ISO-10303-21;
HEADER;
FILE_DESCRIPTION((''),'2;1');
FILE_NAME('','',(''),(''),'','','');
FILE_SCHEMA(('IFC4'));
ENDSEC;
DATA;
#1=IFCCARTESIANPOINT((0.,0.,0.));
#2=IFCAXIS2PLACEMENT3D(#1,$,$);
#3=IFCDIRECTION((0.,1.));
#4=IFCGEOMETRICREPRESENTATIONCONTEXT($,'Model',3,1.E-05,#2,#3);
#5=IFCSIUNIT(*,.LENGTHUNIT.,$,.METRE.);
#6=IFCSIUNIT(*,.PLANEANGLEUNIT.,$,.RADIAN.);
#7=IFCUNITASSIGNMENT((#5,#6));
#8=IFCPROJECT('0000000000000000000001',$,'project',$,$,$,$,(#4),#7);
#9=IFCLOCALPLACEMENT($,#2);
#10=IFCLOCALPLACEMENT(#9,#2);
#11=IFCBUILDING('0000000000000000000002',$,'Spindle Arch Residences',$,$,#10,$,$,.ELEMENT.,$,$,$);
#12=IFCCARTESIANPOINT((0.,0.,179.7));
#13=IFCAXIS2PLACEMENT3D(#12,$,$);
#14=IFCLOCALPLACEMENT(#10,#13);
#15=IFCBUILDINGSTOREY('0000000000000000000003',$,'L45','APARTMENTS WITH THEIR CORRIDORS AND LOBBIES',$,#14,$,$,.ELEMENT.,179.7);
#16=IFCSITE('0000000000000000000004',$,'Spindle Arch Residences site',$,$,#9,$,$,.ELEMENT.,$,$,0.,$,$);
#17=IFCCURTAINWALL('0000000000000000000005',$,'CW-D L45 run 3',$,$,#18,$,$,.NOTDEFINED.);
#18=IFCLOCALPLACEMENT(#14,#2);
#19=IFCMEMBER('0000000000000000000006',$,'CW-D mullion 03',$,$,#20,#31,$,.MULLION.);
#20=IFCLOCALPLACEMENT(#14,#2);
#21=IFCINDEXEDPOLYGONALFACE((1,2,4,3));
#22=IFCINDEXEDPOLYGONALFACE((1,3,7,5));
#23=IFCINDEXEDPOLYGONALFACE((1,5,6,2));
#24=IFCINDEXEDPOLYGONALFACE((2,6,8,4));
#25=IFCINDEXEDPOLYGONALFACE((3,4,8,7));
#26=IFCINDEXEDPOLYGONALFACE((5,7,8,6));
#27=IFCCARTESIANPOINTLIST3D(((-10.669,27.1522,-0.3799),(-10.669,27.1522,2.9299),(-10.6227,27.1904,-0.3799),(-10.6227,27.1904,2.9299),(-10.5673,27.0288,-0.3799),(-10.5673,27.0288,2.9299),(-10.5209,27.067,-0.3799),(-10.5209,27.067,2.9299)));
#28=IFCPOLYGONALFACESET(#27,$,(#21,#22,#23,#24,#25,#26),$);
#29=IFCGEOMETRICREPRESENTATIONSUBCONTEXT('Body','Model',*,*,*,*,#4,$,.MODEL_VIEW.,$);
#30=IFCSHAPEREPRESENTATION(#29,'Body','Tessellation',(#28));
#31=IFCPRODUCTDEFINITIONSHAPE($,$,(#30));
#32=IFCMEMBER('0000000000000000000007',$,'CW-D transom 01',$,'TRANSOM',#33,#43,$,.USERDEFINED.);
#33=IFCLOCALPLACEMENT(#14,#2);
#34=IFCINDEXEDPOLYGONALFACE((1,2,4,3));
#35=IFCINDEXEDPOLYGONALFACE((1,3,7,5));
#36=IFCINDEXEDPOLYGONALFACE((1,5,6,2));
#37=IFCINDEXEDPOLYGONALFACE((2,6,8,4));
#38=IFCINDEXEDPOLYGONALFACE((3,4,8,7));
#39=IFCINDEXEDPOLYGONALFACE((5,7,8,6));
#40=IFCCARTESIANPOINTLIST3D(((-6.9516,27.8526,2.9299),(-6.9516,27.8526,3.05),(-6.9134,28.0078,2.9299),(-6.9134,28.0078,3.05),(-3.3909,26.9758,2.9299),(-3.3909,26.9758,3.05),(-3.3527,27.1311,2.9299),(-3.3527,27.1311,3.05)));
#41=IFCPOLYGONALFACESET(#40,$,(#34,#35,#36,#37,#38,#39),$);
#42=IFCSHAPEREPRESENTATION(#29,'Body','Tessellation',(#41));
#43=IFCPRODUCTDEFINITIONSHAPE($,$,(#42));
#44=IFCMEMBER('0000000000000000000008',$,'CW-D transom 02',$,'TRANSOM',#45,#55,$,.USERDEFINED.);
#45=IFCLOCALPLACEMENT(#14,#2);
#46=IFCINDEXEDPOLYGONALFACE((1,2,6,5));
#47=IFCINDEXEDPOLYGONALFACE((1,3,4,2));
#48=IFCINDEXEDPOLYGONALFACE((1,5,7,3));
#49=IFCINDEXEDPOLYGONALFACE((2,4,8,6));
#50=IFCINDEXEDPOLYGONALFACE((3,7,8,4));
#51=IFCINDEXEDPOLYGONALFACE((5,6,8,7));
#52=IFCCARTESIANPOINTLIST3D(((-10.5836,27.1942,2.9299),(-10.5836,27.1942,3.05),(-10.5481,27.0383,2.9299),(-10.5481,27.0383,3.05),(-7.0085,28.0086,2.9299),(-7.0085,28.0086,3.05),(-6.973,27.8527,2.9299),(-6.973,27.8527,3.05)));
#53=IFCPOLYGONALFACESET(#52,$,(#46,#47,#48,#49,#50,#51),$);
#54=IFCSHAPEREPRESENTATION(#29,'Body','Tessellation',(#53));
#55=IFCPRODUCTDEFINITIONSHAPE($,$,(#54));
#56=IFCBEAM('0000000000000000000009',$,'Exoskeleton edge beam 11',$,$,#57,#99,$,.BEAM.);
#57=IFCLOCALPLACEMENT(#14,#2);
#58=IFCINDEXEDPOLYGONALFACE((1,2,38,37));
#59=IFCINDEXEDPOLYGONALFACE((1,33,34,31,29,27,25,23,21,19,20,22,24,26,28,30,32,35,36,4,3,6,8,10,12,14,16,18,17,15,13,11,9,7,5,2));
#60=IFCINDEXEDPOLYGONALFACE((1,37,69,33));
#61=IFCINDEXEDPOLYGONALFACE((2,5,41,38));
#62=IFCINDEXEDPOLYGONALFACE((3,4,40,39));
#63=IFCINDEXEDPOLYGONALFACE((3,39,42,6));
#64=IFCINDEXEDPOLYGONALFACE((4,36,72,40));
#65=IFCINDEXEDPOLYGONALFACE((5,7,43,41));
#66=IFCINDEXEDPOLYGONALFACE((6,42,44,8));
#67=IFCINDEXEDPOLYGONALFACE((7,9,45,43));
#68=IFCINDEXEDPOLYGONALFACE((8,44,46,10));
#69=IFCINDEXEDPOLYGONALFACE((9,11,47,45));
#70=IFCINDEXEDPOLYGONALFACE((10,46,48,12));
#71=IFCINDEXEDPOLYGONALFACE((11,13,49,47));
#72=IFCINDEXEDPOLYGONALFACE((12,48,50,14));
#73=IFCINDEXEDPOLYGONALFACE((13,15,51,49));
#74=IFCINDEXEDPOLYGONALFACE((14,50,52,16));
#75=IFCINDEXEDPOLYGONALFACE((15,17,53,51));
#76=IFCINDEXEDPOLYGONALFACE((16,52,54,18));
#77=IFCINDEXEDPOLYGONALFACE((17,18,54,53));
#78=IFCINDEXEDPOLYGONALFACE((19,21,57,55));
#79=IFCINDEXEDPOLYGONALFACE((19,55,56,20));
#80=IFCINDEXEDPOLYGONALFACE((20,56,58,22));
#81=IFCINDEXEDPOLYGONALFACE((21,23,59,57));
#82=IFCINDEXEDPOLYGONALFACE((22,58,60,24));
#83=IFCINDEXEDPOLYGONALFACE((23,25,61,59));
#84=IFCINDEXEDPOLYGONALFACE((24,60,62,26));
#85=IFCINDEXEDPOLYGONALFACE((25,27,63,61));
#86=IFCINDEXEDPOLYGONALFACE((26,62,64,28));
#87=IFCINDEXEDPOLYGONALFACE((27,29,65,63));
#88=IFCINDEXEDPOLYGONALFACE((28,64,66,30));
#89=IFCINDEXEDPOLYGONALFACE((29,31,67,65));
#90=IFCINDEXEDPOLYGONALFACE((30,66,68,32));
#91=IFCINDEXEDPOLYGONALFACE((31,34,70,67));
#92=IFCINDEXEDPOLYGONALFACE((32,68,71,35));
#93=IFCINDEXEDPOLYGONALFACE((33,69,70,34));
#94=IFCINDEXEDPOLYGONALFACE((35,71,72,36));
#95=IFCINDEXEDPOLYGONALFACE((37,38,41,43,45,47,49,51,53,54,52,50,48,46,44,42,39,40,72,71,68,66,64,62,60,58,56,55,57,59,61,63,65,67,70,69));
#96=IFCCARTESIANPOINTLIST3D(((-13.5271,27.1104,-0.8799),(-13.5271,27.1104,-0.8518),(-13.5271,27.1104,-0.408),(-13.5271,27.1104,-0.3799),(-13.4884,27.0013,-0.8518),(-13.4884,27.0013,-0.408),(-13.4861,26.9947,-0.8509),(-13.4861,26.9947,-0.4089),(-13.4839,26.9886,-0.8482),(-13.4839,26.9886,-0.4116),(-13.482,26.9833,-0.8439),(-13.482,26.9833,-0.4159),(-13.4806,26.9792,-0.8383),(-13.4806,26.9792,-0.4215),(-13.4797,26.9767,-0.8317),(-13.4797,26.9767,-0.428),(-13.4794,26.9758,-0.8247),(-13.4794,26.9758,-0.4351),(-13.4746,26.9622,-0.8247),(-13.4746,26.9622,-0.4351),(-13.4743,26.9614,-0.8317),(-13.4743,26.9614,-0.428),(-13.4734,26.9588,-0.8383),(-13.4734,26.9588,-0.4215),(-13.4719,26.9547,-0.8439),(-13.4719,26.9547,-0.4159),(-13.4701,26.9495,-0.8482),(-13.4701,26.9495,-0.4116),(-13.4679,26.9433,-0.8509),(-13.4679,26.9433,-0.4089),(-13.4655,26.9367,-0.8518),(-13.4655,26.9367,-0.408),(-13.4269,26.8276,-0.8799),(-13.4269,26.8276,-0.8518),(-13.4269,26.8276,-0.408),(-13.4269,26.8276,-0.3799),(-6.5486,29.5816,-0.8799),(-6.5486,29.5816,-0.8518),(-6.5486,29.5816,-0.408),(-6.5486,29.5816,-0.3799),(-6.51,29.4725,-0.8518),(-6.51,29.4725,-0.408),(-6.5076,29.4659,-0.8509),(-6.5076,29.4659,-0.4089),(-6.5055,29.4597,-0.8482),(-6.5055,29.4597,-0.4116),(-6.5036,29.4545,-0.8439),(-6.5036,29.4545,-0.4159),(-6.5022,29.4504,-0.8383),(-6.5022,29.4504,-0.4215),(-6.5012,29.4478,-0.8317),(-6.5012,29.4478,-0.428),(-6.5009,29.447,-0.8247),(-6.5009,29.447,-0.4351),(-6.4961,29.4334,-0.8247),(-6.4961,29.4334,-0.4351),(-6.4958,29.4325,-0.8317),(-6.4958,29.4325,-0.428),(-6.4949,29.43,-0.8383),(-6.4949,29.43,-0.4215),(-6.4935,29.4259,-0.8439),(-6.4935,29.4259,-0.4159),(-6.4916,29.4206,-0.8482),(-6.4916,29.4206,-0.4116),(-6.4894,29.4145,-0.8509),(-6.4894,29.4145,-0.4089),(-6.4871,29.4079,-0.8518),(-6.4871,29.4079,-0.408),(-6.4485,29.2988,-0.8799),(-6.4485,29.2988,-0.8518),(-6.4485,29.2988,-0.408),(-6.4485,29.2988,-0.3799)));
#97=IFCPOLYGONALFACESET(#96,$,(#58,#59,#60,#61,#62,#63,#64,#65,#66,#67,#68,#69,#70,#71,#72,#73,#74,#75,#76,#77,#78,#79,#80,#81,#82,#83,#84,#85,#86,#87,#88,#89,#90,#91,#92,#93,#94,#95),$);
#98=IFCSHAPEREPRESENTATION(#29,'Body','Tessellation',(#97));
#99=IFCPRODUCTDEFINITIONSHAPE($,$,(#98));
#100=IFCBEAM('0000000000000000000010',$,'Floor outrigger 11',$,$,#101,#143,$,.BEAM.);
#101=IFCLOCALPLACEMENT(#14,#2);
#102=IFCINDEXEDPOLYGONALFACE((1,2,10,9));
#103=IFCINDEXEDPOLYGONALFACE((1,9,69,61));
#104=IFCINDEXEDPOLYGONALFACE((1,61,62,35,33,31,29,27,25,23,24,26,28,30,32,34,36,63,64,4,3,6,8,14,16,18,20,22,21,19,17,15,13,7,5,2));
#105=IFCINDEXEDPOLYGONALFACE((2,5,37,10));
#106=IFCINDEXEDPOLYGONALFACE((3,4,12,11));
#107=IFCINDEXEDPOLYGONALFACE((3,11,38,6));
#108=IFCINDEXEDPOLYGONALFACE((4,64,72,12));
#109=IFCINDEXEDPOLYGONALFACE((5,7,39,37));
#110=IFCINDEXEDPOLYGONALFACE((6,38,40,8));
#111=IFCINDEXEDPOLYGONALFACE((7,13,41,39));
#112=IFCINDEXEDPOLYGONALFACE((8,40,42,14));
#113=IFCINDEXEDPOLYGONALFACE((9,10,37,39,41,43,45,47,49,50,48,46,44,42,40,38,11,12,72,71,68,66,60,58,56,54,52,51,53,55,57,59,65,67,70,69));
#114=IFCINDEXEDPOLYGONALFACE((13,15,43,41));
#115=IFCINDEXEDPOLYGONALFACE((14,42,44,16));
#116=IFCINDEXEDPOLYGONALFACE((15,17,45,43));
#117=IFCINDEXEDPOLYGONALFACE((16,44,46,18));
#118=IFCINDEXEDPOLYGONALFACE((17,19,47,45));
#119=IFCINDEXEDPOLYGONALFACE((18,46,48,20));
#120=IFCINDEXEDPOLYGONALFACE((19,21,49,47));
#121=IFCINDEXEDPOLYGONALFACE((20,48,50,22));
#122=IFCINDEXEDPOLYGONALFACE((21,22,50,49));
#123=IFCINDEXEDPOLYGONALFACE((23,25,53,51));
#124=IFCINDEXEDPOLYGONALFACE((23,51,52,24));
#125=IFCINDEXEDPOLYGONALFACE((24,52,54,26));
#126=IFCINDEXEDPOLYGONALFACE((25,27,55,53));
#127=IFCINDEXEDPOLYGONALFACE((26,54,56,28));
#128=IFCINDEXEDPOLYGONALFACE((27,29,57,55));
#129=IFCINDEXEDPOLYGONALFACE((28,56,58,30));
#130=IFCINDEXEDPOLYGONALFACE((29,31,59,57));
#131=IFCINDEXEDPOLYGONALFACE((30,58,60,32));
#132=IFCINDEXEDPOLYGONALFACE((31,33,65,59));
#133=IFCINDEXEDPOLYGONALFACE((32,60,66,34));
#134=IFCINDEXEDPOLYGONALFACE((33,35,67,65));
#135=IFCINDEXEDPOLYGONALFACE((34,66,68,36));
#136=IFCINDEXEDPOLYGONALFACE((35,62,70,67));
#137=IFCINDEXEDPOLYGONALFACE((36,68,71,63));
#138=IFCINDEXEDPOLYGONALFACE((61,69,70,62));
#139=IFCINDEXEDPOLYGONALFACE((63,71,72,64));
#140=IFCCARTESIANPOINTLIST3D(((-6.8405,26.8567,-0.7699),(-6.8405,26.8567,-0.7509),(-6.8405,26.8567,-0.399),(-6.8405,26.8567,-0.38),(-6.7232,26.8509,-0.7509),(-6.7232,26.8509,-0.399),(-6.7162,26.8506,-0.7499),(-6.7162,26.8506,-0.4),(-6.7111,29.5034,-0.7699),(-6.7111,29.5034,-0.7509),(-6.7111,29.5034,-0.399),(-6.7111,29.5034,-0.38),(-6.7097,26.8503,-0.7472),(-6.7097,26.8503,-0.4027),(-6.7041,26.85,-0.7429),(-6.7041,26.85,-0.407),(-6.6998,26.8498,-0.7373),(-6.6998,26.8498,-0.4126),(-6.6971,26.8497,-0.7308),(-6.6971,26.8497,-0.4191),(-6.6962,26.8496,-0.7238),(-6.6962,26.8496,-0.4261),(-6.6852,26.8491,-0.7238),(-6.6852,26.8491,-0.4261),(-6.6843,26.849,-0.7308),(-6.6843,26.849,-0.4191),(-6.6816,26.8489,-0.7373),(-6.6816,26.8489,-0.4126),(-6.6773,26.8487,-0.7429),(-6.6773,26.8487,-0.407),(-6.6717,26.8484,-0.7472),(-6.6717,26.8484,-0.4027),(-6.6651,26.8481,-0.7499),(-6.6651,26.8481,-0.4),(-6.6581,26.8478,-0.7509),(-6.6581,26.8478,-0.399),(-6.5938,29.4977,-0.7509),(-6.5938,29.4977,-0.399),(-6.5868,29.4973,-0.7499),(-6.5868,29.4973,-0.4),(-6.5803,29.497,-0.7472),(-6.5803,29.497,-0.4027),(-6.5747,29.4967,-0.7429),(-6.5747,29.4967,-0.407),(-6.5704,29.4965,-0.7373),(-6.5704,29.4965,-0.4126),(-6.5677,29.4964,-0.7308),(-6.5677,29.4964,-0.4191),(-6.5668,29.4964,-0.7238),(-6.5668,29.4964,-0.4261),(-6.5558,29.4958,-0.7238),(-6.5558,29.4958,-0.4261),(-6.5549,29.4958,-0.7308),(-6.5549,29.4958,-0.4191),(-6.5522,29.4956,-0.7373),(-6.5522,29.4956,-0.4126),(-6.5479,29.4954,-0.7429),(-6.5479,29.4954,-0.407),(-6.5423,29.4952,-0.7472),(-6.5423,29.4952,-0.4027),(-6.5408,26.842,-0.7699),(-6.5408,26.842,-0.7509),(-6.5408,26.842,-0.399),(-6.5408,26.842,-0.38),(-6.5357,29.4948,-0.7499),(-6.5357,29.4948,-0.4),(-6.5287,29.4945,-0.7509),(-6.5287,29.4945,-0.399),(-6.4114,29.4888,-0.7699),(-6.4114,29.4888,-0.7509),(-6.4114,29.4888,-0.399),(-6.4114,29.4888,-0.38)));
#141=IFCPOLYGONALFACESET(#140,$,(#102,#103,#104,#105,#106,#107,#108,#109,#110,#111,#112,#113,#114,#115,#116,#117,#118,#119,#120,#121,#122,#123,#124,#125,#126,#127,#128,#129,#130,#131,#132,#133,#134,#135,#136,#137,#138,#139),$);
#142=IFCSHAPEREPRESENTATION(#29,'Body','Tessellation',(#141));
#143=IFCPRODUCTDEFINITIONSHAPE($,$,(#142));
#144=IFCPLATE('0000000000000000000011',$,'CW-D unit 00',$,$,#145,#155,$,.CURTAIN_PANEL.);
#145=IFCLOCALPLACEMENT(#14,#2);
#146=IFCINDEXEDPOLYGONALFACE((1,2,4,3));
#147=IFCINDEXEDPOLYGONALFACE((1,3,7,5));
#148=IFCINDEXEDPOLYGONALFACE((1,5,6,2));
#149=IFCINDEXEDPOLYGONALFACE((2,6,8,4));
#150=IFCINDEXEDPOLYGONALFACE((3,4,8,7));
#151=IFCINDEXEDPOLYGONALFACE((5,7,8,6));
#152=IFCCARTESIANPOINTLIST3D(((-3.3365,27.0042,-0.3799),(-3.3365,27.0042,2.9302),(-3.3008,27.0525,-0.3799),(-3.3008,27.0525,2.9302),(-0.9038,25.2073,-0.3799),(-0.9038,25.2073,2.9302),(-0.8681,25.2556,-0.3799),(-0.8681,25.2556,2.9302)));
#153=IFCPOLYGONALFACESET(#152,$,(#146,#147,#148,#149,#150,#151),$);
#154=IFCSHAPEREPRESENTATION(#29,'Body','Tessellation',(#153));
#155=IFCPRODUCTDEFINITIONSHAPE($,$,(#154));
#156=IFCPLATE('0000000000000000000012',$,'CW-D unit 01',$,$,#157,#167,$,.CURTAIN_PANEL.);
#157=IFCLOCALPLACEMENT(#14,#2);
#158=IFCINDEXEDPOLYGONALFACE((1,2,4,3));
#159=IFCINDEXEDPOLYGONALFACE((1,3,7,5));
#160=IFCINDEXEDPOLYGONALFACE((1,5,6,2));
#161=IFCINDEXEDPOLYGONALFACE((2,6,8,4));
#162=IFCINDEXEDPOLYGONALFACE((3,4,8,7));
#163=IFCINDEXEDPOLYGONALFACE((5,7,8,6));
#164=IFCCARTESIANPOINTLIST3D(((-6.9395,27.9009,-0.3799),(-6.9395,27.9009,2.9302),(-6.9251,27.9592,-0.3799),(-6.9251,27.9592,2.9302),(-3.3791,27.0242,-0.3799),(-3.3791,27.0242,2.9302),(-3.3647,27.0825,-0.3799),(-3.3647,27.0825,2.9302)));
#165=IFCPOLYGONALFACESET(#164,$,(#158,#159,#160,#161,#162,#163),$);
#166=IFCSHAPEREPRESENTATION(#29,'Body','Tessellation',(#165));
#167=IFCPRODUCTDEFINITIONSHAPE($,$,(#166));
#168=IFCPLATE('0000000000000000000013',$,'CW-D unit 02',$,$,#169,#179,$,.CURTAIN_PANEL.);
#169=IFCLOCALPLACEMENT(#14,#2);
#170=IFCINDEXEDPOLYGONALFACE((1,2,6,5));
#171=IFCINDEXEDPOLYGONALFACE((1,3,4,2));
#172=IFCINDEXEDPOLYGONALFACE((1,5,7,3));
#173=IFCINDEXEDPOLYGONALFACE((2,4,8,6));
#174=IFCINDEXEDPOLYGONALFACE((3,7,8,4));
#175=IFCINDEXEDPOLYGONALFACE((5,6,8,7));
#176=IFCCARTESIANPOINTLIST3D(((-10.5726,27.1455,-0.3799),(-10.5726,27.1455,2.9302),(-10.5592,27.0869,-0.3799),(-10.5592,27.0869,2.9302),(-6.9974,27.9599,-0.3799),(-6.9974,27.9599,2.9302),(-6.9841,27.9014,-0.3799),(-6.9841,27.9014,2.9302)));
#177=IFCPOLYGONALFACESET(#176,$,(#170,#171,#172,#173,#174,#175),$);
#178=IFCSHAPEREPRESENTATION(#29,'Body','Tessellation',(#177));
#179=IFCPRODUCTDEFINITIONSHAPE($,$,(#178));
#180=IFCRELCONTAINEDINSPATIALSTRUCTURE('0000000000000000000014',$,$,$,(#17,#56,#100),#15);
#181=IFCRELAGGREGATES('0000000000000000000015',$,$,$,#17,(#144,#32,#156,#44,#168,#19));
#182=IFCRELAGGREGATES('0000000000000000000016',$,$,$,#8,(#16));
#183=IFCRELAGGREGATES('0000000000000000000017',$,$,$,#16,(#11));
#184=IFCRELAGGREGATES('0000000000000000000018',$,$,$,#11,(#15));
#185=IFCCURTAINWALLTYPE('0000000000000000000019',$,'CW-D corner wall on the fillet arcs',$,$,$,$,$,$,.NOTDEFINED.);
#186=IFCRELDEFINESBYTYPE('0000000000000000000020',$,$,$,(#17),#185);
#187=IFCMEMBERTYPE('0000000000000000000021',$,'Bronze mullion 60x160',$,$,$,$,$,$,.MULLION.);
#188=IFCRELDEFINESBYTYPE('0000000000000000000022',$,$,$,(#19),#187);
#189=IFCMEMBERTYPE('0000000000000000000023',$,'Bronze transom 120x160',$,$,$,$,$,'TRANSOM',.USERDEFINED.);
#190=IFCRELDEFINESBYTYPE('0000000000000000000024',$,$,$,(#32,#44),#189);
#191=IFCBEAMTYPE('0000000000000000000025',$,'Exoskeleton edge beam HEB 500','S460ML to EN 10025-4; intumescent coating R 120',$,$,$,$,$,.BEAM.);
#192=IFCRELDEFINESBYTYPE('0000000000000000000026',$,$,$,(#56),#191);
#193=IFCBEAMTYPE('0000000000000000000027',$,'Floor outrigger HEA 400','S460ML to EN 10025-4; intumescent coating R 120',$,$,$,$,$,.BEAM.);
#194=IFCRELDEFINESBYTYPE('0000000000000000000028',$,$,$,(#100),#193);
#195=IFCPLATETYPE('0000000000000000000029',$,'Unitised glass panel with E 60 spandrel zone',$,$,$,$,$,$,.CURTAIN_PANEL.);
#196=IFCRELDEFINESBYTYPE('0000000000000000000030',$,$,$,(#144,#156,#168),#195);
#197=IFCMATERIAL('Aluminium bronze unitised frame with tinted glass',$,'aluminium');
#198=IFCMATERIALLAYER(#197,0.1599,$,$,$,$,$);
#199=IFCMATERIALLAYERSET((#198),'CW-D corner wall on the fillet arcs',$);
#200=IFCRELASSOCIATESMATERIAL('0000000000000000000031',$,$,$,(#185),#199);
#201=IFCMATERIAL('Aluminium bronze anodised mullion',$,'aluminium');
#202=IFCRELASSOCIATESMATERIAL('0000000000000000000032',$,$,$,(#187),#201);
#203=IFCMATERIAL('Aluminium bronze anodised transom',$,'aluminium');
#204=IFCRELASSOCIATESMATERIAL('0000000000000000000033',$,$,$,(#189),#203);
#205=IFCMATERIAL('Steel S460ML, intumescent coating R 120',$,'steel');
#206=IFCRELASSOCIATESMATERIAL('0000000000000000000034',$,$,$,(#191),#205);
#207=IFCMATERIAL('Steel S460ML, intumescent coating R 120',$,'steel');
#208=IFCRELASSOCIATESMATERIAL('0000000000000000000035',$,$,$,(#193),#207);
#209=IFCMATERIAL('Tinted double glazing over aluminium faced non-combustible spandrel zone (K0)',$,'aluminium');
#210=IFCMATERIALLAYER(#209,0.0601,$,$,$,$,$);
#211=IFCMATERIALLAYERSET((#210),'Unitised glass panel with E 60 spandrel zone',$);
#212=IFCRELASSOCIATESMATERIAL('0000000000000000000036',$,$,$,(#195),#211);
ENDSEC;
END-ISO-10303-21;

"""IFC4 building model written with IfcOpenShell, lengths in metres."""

from ifc_helpers import new_model, si_unit, direction, frame, origin, origin_2d, place, context, subcontext, project, spatial, rectangle, i_section, extrude, material, layer, layer_set, material_profile, profile_set, type_object, element, aggregate, save


model = new_model("IFC4")

# Units and contexts
model_context = context("Model", 3, precision=1e-05, world=origin(), true_north=direction((0.0, 1.0)))
body_context = subcontext(model_context, "Body", "Model", "MODEL_VIEW")
ifc_project = project(units=[si_unit("LENGTHUNIT", "METRE"), si_unit("PLANEANGLEUNIT", "RADIAN")], contexts=[model_context])

# Site, building, storey
site_placement = place(None, origin())
site = spatial("IfcSite", under=ifc_project, at=site_placement, Name="Spindle Arch Residences site", CompositionType="ELEMENT", RefElevation=0.0)
building_placement = place(site_placement, origin())
building = spatial("IfcBuilding", under=site, at=building_placement, Name="Spindle Arch Residences", CompositionType="ELEMENT")
storey_placement = place(building_placement, frame((0.0, 0.0, 179.7)))
storey = spatial("IfcBuildingStorey", under=building, at=storey_placement, Name="L45", Description="APARTMENTS WITH THEIR CORRIDORS AND LOBBIES", CompositionType="ELEMENT", Elevation=179.7)

# Curtain wall, members
ifc_material_1 = material(Name="Aluminium bronze unitised frame with tinted glass", Category="aluminium")
ifc_layer_1 = layer(ifc_material_1, 0.1599)
ifc_layer_set_1 = layer_set([ifc_layer_1], Name="CW-D corner wall on the fillet arcs")
curtain_wall_type = type_object("IfcCurtainWallType", Name="CW-D corner wall on the fillet arcs", PredefinedType="NOTDEFINED", material=ifc_layer_set_1)
curtain_wall_placement = place(storey_placement, origin())
curtain_wall = element("IfcCurtainWall", 1, at=curtain_wall_placement, inside=storey, type_object=curtain_wall_type, Name="CW-D L45 run 3", PredefinedType="NOTDEFINED")
ifc_material_2 = material(Name="Aluminium bronze anodised mullion", Category="aluminium")
ifc_material_profile_1 = material_profile(ifc_material_2, rectangle(XDim=0.1599, YDim=0.0601, at=origin_2d()), Name="MU 60x160")
ifc_profile_set_1 = profile_set([ifc_material_profile_1], Name="Aluminium bronze anodised mullion")
member_type_1 = type_object("IfcMemberType", Name="Bronze mullion 60x160", PredefinedType="MULLION", material=ifc_profile_set_1)
member_1_placement = place(storey_placement, frame((-10.595, 27.1096, -0.3799), z_axis=(0.0, 0.0, 1.0), x_axis=(0.636078, -0.771625, 0.0)))
member_1 = element("IfcMember", 2, at=member_1_placement, type_object=member_type_1, Name="CW-D mullion 03", PredefinedType="MULLION", context=body_context, shape_type="SweptSolid", body=[
    extrude(rectangle(XDim=0.1599, YDim=0.0601, at=origin_2d()), origin(), (0.0, 0.0, 1.0), 3.3098),
])
ifc_material_3 = material(Name="Aluminium bronze anodised transom", Category="aluminium")
ifc_material_profile_2 = material_profile(ifc_material_3, rectangle(XDim=0.1599, YDim=0.1201, at=origin_2d()), Name="TR 120x160")
ifc_profile_set_2 = profile_set([ifc_material_profile_2], Name="Aluminium bronze anodised transom")
member_type_2 = type_object("IfcMemberType", Name="Bronze transom 120x160", ElementType="TRANSOM", PredefinedType="USERDEFINED", material=ifc_profile_set_2)
member_2_placement = place(storey_placement, frame((-3.3718, 27.0535, 2.99), z_axis=(-0.970998, 0.239088, 0.0), x_axis=(-0.239088, -0.970998, 0.0)))
member_2 = element("IfcMember", 3, at=member_2_placement, type_object=member_type_2, Name="CW-D transom 01", ObjectType="TRANSOM", PredefinedType="USERDEFINED", context=body_context, shape_type="SweptSolid", body=[
    extrude(rectangle(XDim=0.1599, YDim=0.1201, at=origin_2d()), origin(), (0.0, 0.0, 1.0), 3.667),
])
member_3_placement = place(storey_placement, frame((-6.9907, 27.9307, 2.99), z_axis=(-0.97502, -0.222116, 0.0), x_axis=(0.222116, -0.97502, 0.0)))
member_3 = element("IfcMember", 4, at=member_3_placement, type_object=member_type_2, Name="CW-D transom 02", ObjectType="TRANSOM", PredefinedType="USERDEFINED", context=body_context, shape_type="SweptSolid", body=[
    extrude(rectangle(XDim=0.1599, YDim=0.1201, at=origin_2d()), origin(), (0.0, 0.0, 1.0), 3.6667),
])

# Beams
ifc_material_4 = material(Name="Steel S460ML, intumescent coating R 120", Category="steel")
ifc_material_profile_3 = material_profile(ifc_material_4, i_section(OverallWidth=0.3, OverallDepth=0.5, WebThickness=0.0144, FlangeThickness=0.0281, FilletRadius=0.0271, at=origin_2d()), Name="HEB 500")
ifc_profile_set_3 = profile_set([ifc_material_profile_3], Name="Steel S460ML, intumescent coating R 120")
beam_type_1 = type_object("IfcBeamType", Name="Exoskeleton edge beam HEB 500", Description="S460ML to EN 10025-4; intumescent coating R 120", PredefinedType="BEAM", material=ifc_profile_set_3)
beam_1_placement = place(storey_placement, frame((-6.4985, 29.4402, -0.6299), z_axis=(-0.942643, -0.333803, 0.0), x_axis=(0.333803, -0.942643, 0.0)))
element("IfcBeam", 5, at=beam_1_placement, inside=storey, type_object=beam_type_1, Name="Exoskeleton edge beam 11", PredefinedType="BEAM", context=body_context, shape_type="SweptSolid", body=[
    extrude(i_section(OverallWidth=0.3, OverallDepth=0.5, WebThickness=0.0144, FlangeThickness=0.0281, FilletRadius=0.0271, at=origin_2d()), origin(), (0.0, 0.0, 1.0), 7.4031),
])
ifc_material_5 = material(Name="Steel S460ML, intumescent coating R 120", Category="steel")
ifc_material_profile_4 = material_profile(ifc_material_5, i_section(OverallWidth=0.3, OverallDepth=0.3899, WebThickness=0.011, FlangeThickness=0.019, FilletRadius=0.0271, at=origin_2d()), Name="HEA 400")
ifc_profile_set_4 = profile_set([ifc_material_profile_4], Name="Steel S460ML, intumescent coating R 120")
beam_type_2 = type_object("IfcBeamType", Name="Floor outrigger HEA 400", Description="S460ML to EN 10025-4; intumescent coating R 120", PredefinedType="BEAM", material=ifc_profile_set_4)
beam_2_placement = place(storey_placement, frame((-6.5613, 29.4961, -0.575), z_axis=(-0.04883, -0.998807, 0.0), x_axis=(0.998807, -0.04883, 0.0)))
element("IfcBeam", 6, at=beam_2_placement, inside=storey, type_object=beam_type_2, Name="Floor outrigger 11", PredefinedType="BEAM", context=body_context, shape_type="SweptSolid", body=[
    extrude(i_section(OverallWidth=0.3, OverallDepth=0.3899, WebThickness=0.011, FlangeThickness=0.019, FilletRadius=0.0271, at=origin_2d()), origin(), (0.0, 0.0, 1.0), 2.6499),
])

# Plates
ifc_material_6 = material(Name="Tinted double glazing over aluminium faced non-combustible spandrel zone (K0)", Category="aluminium")
ifc_layer_2 = layer(ifc_material_6, 0.0601)
ifc_layer_set_2 = layer_set([ifc_layer_2], Name="Unitised glass panel with E 60 spandrel zone")
plate_type = type_object("IfcPlateType", Name="Unitised glass panel with E 60 spandrel zone", PredefinedType="CURTAIN_PANEL", material=ifc_layer_set_2)
plate_1_placement = place(storey_placement, frame((-2.1023, 26.1299, -0.3799), z_axis=(0.0, 0.0, 1.0), x_axis=(-0.804366, 0.594134, 0.0)))
plate_1 = element("IfcPlate", 7, at=plate_1_placement, type_object=plate_type, Name="CW-D unit 00", PredefinedType="CURTAIN_PANEL", context=body_context, shape_type="SweptSolid", body=[
    extrude(rectangle(XDim=3.0244, YDim=0.0601, at=origin_2d()), origin(), (0.0, 0.0, 1.0), 3.3101),
])
plate_2_placement = place(storey_placement, frame((-5.1521, 27.4917, -0.3799), z_axis=(0.0, 0.0, 1.0), x_axis=(-0.970995, 0.239098, 0.0)))
plate_2 = element("IfcPlate", 8, at=plate_2_placement, type_object=plate_type, Name="CW-D unit 01", PredefinedType="CURTAIN_PANEL", context=body_context, shape_type="SweptSolid", body=[
    extrude(rectangle(XDim=3.6667, YDim=0.0601, at=origin_2d()), origin(), (0.0, 0.0, 1.0), 3.3101),
])
plate_3_placement = place(storey_placement, frame((-8.7783, 27.5234, -0.3799), z_axis=(0.0, 0.0, 1.0), x_axis=(-0.97502, -0.222116, 0.0)))
plate_3 = element("IfcPlate", 9, at=plate_3_placement, type_object=plate_type, Name="CW-D unit 02", PredefinedType="CURTAIN_PANEL", context=body_context, shape_type="SweptSolid", body=[
    extrude(rectangle(XDim=3.6667, YDim=0.0601, at=origin_2d()), origin(), (0.0, 0.0, 1.0), 3.3101),
])
aggregate(curtain_wall, [plate_1, member_2, plate_2, member_3, plate_3, member_1])

save(model, "model.ifc")
